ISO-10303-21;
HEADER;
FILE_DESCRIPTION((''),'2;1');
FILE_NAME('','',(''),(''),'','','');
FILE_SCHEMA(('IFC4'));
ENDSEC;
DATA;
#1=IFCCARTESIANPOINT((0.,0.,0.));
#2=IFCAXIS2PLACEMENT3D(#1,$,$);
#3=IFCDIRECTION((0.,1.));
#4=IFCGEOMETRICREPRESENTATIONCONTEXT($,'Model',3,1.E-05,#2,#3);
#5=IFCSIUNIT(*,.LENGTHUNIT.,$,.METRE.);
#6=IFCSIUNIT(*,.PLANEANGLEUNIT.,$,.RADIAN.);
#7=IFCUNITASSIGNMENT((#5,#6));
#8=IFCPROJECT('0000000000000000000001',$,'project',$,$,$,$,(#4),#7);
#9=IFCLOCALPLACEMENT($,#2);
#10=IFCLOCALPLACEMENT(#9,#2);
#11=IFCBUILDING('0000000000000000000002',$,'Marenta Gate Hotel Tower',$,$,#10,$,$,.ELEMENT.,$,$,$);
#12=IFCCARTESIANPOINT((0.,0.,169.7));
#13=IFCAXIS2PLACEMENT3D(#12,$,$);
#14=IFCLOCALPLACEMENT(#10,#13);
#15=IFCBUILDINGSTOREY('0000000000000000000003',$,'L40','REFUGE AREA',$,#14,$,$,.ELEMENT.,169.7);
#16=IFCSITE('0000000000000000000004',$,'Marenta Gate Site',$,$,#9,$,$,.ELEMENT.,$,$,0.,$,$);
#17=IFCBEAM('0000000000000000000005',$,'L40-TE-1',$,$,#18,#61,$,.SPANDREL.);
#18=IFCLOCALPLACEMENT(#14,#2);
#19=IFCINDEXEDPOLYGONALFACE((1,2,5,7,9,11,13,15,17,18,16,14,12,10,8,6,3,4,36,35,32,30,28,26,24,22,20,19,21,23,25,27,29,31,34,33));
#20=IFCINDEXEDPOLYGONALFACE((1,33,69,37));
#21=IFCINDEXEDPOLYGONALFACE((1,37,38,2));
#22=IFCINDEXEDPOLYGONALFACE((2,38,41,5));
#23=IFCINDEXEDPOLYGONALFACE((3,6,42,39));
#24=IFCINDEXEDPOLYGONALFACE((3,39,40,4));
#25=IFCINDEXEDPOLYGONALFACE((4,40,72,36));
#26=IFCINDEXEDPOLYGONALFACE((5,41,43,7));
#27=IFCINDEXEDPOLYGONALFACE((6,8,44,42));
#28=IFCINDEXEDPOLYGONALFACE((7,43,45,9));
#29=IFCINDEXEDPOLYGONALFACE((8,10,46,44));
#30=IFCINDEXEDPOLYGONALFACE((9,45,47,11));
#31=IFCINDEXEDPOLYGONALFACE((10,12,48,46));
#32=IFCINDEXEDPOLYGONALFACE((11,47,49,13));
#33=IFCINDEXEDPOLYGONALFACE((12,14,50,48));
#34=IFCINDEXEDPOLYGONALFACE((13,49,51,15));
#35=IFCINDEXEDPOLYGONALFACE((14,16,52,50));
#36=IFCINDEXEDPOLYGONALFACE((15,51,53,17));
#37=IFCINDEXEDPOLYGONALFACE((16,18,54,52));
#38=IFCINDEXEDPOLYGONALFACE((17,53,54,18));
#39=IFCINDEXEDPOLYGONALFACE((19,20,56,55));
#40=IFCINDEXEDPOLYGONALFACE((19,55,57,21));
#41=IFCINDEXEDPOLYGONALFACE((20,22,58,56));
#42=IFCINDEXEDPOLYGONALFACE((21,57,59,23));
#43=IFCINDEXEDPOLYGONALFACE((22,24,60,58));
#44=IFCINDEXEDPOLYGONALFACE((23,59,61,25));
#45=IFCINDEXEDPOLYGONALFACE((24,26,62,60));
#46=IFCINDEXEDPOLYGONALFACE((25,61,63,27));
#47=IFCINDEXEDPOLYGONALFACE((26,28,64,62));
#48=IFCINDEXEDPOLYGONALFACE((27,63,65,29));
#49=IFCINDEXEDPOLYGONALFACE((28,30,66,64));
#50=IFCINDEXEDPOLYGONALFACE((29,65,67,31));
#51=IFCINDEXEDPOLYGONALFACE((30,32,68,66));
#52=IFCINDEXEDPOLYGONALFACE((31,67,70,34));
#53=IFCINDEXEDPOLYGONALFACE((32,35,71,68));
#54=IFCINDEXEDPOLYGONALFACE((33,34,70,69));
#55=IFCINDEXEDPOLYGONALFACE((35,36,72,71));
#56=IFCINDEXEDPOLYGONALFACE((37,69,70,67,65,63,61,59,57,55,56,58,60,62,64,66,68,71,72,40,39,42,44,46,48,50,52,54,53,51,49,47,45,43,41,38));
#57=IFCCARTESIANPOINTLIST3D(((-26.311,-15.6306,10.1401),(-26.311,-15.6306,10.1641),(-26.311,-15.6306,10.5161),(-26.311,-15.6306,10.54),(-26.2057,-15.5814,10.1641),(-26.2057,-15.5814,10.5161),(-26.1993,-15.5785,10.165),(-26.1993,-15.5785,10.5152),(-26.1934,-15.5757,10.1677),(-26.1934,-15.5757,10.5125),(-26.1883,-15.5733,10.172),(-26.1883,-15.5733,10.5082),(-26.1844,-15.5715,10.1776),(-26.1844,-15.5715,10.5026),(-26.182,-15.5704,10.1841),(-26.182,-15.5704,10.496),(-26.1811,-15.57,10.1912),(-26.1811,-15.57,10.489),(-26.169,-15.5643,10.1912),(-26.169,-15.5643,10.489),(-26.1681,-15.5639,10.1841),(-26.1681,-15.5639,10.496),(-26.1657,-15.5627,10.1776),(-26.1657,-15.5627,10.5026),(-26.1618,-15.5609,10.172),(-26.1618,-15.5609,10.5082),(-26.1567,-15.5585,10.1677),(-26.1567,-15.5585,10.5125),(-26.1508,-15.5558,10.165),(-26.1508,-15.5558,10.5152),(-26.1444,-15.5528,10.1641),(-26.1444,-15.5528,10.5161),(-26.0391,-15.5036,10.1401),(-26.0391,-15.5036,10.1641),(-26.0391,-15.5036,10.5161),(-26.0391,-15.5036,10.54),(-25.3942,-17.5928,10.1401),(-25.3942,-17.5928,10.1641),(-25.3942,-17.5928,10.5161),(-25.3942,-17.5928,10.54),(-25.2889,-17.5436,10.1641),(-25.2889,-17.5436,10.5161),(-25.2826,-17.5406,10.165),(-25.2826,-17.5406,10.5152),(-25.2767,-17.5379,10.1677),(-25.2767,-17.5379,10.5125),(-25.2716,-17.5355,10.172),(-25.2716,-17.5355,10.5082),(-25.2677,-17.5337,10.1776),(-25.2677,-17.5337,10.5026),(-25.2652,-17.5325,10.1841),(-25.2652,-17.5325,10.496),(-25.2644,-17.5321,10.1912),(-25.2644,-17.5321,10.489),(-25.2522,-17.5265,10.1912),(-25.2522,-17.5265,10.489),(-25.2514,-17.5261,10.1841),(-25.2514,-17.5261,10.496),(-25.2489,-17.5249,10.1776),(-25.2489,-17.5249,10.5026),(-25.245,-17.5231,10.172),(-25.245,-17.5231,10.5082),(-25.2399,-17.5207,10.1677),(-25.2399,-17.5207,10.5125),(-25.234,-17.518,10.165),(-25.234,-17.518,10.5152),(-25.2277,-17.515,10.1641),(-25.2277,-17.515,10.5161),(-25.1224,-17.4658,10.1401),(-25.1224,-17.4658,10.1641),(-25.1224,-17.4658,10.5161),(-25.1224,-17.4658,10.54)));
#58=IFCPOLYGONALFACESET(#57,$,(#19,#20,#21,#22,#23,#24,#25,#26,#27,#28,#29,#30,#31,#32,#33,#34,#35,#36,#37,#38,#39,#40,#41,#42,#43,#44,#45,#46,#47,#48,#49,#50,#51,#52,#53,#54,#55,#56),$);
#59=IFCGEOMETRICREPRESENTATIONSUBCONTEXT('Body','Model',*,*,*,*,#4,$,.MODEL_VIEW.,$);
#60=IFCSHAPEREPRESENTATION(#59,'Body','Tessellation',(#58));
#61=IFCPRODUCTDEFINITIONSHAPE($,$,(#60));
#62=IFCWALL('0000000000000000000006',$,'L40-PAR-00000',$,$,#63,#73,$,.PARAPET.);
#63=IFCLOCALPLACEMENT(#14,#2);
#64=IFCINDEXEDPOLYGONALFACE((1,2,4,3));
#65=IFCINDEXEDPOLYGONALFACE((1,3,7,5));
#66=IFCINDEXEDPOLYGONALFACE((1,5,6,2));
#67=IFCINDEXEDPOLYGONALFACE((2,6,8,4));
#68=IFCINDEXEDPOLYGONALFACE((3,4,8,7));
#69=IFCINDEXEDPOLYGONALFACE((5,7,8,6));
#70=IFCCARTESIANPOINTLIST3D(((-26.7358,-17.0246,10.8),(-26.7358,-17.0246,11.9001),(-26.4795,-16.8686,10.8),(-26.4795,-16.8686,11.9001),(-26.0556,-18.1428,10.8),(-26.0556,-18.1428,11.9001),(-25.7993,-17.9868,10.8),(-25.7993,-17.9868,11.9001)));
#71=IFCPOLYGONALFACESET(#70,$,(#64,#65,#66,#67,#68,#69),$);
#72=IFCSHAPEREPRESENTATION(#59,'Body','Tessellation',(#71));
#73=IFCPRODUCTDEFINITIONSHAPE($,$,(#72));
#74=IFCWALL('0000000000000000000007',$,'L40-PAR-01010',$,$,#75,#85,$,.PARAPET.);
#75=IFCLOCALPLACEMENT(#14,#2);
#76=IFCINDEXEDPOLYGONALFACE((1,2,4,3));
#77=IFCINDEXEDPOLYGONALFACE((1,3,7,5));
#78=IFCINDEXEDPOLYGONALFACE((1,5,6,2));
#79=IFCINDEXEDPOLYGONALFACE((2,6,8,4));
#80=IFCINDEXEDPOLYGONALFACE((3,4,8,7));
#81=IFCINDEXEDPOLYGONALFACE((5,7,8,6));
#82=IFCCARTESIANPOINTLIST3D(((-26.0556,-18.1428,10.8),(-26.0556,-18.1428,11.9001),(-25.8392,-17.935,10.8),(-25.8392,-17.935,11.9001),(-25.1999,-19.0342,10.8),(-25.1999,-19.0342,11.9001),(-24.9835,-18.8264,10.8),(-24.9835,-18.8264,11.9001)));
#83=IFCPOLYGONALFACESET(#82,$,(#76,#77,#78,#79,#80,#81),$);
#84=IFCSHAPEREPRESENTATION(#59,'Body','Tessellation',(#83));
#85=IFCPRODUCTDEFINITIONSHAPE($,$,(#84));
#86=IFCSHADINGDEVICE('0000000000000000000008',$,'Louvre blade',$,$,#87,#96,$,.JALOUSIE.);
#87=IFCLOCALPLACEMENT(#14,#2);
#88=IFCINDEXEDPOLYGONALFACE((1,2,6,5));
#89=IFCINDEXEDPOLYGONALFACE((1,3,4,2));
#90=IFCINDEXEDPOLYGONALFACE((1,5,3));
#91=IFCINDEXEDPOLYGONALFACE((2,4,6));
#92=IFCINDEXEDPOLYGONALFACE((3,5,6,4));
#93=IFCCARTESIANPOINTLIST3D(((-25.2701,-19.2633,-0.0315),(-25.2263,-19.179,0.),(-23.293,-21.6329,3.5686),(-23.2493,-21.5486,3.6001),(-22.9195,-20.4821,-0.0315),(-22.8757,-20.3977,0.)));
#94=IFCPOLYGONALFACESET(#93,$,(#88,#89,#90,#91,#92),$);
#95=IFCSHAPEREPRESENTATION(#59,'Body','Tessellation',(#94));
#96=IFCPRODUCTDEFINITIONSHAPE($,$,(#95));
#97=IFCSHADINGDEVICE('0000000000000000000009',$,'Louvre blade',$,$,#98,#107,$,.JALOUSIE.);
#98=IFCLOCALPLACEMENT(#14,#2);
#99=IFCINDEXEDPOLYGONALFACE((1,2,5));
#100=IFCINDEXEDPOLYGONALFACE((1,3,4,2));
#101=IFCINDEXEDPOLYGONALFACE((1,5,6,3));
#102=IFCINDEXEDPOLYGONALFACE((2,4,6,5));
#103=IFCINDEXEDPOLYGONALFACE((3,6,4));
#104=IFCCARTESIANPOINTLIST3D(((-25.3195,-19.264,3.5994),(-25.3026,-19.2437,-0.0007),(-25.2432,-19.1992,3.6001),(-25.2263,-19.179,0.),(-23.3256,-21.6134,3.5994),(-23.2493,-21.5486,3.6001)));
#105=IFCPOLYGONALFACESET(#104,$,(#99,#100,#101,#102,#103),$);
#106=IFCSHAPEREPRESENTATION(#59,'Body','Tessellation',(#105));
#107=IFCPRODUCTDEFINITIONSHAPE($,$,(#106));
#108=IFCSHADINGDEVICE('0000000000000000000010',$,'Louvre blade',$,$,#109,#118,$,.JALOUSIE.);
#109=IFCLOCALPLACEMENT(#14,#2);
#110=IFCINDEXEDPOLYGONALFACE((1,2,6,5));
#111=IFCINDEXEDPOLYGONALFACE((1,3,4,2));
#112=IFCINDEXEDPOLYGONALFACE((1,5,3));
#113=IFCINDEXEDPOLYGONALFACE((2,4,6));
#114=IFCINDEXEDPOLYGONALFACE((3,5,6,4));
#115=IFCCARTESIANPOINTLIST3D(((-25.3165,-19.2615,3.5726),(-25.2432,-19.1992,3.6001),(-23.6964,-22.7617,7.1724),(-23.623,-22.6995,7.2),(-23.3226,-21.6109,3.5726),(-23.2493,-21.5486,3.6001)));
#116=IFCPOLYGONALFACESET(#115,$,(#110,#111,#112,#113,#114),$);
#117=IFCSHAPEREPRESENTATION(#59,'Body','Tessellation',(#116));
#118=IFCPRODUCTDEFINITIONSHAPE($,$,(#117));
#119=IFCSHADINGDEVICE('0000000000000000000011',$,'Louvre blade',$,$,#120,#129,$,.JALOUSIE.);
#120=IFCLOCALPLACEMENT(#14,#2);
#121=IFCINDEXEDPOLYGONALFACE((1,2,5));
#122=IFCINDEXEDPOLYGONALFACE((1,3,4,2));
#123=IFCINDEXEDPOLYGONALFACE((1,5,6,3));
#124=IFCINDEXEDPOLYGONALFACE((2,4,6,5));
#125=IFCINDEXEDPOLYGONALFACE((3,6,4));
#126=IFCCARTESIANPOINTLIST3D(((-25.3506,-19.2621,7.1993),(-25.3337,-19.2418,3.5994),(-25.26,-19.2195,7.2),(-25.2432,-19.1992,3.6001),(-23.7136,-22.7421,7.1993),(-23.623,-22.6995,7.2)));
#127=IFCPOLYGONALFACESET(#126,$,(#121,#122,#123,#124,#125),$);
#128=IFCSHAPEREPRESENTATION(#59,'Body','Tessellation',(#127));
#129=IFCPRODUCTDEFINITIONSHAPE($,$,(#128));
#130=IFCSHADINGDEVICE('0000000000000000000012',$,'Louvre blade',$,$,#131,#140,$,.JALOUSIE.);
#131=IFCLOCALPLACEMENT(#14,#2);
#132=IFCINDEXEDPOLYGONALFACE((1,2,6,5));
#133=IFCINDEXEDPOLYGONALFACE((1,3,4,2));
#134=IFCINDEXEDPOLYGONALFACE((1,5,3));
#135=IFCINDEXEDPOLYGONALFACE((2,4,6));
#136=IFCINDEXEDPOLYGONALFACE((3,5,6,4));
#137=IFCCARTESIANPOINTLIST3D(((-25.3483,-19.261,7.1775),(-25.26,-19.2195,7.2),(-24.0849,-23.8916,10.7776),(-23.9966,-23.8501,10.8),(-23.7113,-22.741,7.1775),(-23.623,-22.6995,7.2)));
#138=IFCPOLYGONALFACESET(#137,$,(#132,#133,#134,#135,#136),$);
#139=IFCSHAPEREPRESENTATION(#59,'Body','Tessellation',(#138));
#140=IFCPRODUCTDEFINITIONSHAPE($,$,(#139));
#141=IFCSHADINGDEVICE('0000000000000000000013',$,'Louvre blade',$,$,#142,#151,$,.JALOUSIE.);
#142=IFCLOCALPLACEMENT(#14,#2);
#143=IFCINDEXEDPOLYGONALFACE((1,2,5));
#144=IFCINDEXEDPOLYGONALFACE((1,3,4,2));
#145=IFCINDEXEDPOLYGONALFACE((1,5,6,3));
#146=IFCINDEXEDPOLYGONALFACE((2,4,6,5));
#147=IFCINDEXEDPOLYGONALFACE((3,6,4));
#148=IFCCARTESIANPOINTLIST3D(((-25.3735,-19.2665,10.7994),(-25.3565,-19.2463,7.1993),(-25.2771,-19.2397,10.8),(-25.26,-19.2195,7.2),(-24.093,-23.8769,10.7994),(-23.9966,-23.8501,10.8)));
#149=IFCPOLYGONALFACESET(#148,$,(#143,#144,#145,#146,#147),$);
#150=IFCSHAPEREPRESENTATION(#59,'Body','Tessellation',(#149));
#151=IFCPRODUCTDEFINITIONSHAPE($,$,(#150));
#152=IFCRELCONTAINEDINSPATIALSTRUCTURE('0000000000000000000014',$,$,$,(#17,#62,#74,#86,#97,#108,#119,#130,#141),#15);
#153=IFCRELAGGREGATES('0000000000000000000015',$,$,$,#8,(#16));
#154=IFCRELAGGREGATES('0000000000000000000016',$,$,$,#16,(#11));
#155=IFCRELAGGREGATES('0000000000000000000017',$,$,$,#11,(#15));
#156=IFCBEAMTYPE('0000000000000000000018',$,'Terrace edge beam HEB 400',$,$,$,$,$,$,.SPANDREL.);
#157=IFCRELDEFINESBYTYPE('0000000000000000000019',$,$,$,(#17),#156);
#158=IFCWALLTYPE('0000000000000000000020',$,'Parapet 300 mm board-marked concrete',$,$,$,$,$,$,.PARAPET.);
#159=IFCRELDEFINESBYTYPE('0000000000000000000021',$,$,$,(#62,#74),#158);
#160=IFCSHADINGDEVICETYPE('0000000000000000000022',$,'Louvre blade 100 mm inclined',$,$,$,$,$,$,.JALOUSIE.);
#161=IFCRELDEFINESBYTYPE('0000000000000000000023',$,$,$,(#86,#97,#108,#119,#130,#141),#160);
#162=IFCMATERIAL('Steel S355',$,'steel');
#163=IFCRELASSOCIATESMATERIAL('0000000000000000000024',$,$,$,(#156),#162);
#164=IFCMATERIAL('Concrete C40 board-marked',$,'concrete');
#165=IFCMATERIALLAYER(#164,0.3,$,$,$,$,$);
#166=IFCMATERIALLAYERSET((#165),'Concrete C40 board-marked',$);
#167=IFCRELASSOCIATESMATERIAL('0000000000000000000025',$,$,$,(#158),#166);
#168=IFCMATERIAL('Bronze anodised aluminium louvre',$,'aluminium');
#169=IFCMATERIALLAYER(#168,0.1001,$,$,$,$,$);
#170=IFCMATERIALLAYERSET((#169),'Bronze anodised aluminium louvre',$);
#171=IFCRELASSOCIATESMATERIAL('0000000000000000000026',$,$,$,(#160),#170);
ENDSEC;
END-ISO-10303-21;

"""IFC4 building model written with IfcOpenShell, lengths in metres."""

from ifc_helpers import new_model, si_unit, direction, frame, frame_2d, origin, origin_2d, place, context, subcontext, project, spatial, polyline, rectangle, i_section, outline, extrude, material, layer, layer_set, material_profile, profile_set, type_object, element, save


model = new_model("IFC4")

# Units and contexts
model_context = context("Model", 3, precision=1e-05, world=origin(), true_north=direction((0.0, 1.0)))
body_context = subcontext(model_context, "Body", "Model", "MODEL_VIEW")
ifc_project = project(units=[si_unit("LENGTHUNIT", "METRE"), si_unit("PLANEANGLEUNIT", "RADIAN")], contexts=[model_context])

# Site, building, storey
site_placement = place(None, origin())
site = spatial("IfcSite", under=ifc_project, at=site_placement, Name="Marenta Gate Site", CompositionType="ELEMENT", RefElevation=0.0)
building_placement = place(site_placement, origin())
building = spatial("IfcBuilding", under=site, at=building_placement, Name="Marenta Gate Hotel Tower", CompositionType="ELEMENT")
storey_placement = place(building_placement, frame((0.0, 0.0, 169.7)))
storey = spatial("IfcBuildingStorey", under=building, at=storey_placement, Name="L40", Description="REFUGE AREA", CompositionType="ELEMENT", Elevation=169.7)

# Beam
ifc_material_1 = material(Name="Steel S355", Category="steel")
ifc_material_profile_1 = material_profile(ifc_material_1, i_section(OverallWidth=0.3, OverallDepth=0.3999, WebThickness=0.0134, FlangeThickness=0.0239, FilletRadius=0.0271, at=origin_2d()), Name="HEB 400")
ifc_profile_set_1 = profile_set([ifc_material_profile_1], Name="Steel S355")
beam_type_1 = type_object("IfcBeamType", Name="Terrace edge beam HEB 400", PredefinedType="SPANDREL", material=ifc_profile_set_1)
beam_1_placement = place(storey_placement, frame((-25.2583, -17.5293, 10.3401), z_axis=(-0.423293, 0.905993, 0.0), x_axis=(-0.905993, -0.423293, 0.0)))
element("IfcBeam", 1, at=beam_1_placement, inside=storey, type_object=beam_type_1, Name="L40-TE-1", PredefinedType="SPANDREL", context=body_context, shape_type="SweptSolid", body=[
    extrude(i_section(OverallWidth=0.3, OverallDepth=0.3999, WebThickness=0.0134, FlangeThickness=0.0239, FilletRadius=0.0271, at=origin_2d()), origin(), (0.0, 0.0, 1.0), 2.1658),
])

# Walls
ifc_material_2 = material(Name="Concrete C40 board-marked", Category="concrete")
ifc_layer_1 = layer(ifc_material_2, 0.3)
ifc_layer_set_1 = layer_set([ifc_layer_1], Name="Concrete C40 board-marked")
wall_type = type_object("IfcWallType", Name="Parapet 300 mm board-marked concrete", PredefinedType="PARAPET", material=ifc_layer_set_1)
wall_1_placement = place(storey_placement, frame((-25.9275, -18.0647, 10.8), z_axis=(0.0, 0.0, 1.0), x_axis=(-0.519698, 0.85435, 0.0)))
element("IfcWall", 2, at=wall_1_placement, inside=storey, type_object=wall_type, Name="L40-PAR-00000", PredefinedType="PARAPET", context=body_context, shape_type="SweptSolid", body=[
    extrude(rectangle(XDim=1.3088, YDim=0.3, at=frame_2d((0.6543, 0.0))), origin(), (0.0, 0.0, 1.0), 1.1001),
])
wall_2_placement = place(storey_placement, frame((-25.0918, -18.9302, 10.8), z_axis=(0.0, 0.0, 1.0), x_axis=(-0.692536, 0.721383, 0.0)))
element("IfcWall", 3, at=wall_2_placement, inside=storey, type_object=wall_type, Name="L40-PAR-01010", PredefinedType="PARAPET", context=body_context, shape_type="SweptSolid", body=[
    extrude(rectangle(XDim=1.2356, YDim=0.3, at=frame_2d((0.6177, 0.0))), origin(), (0.0, 0.0, 1.0), 1.1001),
])

# Shading devices
ifc_material_3 = material(Name="Bronze anodised aluminium louvre", Category="aluminium")
ifc_layer_2 = layer(ifc_material_3, 0.1001)
ifc_layer_set_2 = layer_set([ifc_layer_2], Name="Bronze anodised aluminium louvre")
shading_device_type = type_object("IfcShadingDeviceType", Name="Louvre blade 100 mm inclined", PredefinedType="JALOUSIE", material=ifc_layer_set_2)
shading_device_1_placement = place(storey_placement, frame((-25.2263, -19.179, 0.0), z_axis=(0.436907, 0.842656, 0.314712), x_axis=(0.887766, -0.460296, 0.0)))
element("IfcShadingDevice", 4, at=shading_device_1_placement, inside=storey, type_object=shading_device_type, Name="Louvre blade", PredefinedType="JALOUSIE", context=body_context, shape_type="SweptSolid", body=[
    extrude(outline(polyline([(0.0, 0.0), (2.6478, 0.0), (2.8459, -3.7928), (0.0, 0.0)])), origin(), (0.0, 0.0, -1.0), 0.1001),
])
shading_device_2_placement = place(storey_placement, frame((-25.2263, -19.179, 0.0), z_axis=(0.76241, 0.647054, 0.00721), x_axis=(0.416942, -0.499733, 0.759228)))
element("IfcShadingDevice", 5, at=shading_device_2_placement, inside=storey, type_object=shading_device_type, Name="Louvre blade", PredefinedType="JALOUSIE", context=body_context, shape_type="SweptSolid", body=[
    extrude(outline(polyline([(0.0, 0.0), (4.7418, 0.0), (2.7364, -2.3396), (0.0, 0.0)])), origin(), (0.0, 0.0, -1.0), 0.1001),
])
shading_device_3_placement = place(storey_placement, frame((-25.2432, -19.1992, 3.6001), z_axis=(0.733033, 0.622122, 0.275005), x_axis=(0.647071, -0.76243, 0.0)))
element("IfcShadingDevice", 6, at=shading_device_3_placement, inside=storey, type_object=shading_device_type, Name="Louvre blade", PredefinedType="JALOUSIE", context=body_context, shape_type="SweptSolid", body=[
    extrude(outline(polyline([(0.0, 0.0), (3.0814, 0.0), (3.717, -3.7442), (0.0, 0.0)])), origin(), (0.0, 0.0, -1.0), 0.1001),
])
shading_device_4_placement = place(storey_placement, frame((-25.2432, -19.1992, 3.6001), z_axis=(0.904866, 0.425644, 0.00663), x_axis=(0.307077, -0.663436, 0.682316)))
element("IfcShadingDevice", 7, at=shading_device_4_placement, inside=storey, type_object=shading_device_type, Name="Louvre blade", PredefinedType="JALOUSIE", context=body_context, shape_type="SweptSolid", body=[
    extrude(outline(polyline([(0.0, 0.0), (5.2759, 0.0), (2.4645, -2.6241), (0.0, 0.0)])), origin(), (0.0, 0.0, -1.0), 0.1001),
])
shading_device_5_placement = place(storey_placement, frame((-25.26, -19.2195, 7.2), z_axis=(0.881875, 0.414829, 0.224085), x_axis=(0.425653, -0.904886, 0.0)))
element("IfcShadingDevice", 8, at=shading_device_5_placement, inside=storey, type_object=shading_device_type, Name="Louvre blade", PredefinedType="JALOUSIE", context=body_context, shape_type="SweptSolid", body=[
    extrude(outline(polyline([(0.0, 0.0), (3.8458, 0.0), (4.728, -3.694), (0.0, 0.0)])), origin(), (0.0, 0.0, -1.0), 0.1001),
])
shading_device_6_placement = place(storey_placement, frame((-25.26, -19.2195, 7.2), z_axis=(0.963507, 0.267613, 0.00608), x_axis=(0.210573, -0.771774, 0.60002)))
element("IfcShadingDevice", 9, at=shading_device_6_placement, inside=storey, type_object=shading_device_type, Name="Louvre blade", PredefinedType="JALOUSIE", context=body_context, shape_type="SweptSolid", body=[
    extrude(outline(polyline([(0.0, 0.0), (6.0, 0.0), (2.1722, -2.8711), (0.0, 0.0)])), origin(), (0.0, 0.0, -1.0), 0.1001),
])

save(model, "model.ifc")
